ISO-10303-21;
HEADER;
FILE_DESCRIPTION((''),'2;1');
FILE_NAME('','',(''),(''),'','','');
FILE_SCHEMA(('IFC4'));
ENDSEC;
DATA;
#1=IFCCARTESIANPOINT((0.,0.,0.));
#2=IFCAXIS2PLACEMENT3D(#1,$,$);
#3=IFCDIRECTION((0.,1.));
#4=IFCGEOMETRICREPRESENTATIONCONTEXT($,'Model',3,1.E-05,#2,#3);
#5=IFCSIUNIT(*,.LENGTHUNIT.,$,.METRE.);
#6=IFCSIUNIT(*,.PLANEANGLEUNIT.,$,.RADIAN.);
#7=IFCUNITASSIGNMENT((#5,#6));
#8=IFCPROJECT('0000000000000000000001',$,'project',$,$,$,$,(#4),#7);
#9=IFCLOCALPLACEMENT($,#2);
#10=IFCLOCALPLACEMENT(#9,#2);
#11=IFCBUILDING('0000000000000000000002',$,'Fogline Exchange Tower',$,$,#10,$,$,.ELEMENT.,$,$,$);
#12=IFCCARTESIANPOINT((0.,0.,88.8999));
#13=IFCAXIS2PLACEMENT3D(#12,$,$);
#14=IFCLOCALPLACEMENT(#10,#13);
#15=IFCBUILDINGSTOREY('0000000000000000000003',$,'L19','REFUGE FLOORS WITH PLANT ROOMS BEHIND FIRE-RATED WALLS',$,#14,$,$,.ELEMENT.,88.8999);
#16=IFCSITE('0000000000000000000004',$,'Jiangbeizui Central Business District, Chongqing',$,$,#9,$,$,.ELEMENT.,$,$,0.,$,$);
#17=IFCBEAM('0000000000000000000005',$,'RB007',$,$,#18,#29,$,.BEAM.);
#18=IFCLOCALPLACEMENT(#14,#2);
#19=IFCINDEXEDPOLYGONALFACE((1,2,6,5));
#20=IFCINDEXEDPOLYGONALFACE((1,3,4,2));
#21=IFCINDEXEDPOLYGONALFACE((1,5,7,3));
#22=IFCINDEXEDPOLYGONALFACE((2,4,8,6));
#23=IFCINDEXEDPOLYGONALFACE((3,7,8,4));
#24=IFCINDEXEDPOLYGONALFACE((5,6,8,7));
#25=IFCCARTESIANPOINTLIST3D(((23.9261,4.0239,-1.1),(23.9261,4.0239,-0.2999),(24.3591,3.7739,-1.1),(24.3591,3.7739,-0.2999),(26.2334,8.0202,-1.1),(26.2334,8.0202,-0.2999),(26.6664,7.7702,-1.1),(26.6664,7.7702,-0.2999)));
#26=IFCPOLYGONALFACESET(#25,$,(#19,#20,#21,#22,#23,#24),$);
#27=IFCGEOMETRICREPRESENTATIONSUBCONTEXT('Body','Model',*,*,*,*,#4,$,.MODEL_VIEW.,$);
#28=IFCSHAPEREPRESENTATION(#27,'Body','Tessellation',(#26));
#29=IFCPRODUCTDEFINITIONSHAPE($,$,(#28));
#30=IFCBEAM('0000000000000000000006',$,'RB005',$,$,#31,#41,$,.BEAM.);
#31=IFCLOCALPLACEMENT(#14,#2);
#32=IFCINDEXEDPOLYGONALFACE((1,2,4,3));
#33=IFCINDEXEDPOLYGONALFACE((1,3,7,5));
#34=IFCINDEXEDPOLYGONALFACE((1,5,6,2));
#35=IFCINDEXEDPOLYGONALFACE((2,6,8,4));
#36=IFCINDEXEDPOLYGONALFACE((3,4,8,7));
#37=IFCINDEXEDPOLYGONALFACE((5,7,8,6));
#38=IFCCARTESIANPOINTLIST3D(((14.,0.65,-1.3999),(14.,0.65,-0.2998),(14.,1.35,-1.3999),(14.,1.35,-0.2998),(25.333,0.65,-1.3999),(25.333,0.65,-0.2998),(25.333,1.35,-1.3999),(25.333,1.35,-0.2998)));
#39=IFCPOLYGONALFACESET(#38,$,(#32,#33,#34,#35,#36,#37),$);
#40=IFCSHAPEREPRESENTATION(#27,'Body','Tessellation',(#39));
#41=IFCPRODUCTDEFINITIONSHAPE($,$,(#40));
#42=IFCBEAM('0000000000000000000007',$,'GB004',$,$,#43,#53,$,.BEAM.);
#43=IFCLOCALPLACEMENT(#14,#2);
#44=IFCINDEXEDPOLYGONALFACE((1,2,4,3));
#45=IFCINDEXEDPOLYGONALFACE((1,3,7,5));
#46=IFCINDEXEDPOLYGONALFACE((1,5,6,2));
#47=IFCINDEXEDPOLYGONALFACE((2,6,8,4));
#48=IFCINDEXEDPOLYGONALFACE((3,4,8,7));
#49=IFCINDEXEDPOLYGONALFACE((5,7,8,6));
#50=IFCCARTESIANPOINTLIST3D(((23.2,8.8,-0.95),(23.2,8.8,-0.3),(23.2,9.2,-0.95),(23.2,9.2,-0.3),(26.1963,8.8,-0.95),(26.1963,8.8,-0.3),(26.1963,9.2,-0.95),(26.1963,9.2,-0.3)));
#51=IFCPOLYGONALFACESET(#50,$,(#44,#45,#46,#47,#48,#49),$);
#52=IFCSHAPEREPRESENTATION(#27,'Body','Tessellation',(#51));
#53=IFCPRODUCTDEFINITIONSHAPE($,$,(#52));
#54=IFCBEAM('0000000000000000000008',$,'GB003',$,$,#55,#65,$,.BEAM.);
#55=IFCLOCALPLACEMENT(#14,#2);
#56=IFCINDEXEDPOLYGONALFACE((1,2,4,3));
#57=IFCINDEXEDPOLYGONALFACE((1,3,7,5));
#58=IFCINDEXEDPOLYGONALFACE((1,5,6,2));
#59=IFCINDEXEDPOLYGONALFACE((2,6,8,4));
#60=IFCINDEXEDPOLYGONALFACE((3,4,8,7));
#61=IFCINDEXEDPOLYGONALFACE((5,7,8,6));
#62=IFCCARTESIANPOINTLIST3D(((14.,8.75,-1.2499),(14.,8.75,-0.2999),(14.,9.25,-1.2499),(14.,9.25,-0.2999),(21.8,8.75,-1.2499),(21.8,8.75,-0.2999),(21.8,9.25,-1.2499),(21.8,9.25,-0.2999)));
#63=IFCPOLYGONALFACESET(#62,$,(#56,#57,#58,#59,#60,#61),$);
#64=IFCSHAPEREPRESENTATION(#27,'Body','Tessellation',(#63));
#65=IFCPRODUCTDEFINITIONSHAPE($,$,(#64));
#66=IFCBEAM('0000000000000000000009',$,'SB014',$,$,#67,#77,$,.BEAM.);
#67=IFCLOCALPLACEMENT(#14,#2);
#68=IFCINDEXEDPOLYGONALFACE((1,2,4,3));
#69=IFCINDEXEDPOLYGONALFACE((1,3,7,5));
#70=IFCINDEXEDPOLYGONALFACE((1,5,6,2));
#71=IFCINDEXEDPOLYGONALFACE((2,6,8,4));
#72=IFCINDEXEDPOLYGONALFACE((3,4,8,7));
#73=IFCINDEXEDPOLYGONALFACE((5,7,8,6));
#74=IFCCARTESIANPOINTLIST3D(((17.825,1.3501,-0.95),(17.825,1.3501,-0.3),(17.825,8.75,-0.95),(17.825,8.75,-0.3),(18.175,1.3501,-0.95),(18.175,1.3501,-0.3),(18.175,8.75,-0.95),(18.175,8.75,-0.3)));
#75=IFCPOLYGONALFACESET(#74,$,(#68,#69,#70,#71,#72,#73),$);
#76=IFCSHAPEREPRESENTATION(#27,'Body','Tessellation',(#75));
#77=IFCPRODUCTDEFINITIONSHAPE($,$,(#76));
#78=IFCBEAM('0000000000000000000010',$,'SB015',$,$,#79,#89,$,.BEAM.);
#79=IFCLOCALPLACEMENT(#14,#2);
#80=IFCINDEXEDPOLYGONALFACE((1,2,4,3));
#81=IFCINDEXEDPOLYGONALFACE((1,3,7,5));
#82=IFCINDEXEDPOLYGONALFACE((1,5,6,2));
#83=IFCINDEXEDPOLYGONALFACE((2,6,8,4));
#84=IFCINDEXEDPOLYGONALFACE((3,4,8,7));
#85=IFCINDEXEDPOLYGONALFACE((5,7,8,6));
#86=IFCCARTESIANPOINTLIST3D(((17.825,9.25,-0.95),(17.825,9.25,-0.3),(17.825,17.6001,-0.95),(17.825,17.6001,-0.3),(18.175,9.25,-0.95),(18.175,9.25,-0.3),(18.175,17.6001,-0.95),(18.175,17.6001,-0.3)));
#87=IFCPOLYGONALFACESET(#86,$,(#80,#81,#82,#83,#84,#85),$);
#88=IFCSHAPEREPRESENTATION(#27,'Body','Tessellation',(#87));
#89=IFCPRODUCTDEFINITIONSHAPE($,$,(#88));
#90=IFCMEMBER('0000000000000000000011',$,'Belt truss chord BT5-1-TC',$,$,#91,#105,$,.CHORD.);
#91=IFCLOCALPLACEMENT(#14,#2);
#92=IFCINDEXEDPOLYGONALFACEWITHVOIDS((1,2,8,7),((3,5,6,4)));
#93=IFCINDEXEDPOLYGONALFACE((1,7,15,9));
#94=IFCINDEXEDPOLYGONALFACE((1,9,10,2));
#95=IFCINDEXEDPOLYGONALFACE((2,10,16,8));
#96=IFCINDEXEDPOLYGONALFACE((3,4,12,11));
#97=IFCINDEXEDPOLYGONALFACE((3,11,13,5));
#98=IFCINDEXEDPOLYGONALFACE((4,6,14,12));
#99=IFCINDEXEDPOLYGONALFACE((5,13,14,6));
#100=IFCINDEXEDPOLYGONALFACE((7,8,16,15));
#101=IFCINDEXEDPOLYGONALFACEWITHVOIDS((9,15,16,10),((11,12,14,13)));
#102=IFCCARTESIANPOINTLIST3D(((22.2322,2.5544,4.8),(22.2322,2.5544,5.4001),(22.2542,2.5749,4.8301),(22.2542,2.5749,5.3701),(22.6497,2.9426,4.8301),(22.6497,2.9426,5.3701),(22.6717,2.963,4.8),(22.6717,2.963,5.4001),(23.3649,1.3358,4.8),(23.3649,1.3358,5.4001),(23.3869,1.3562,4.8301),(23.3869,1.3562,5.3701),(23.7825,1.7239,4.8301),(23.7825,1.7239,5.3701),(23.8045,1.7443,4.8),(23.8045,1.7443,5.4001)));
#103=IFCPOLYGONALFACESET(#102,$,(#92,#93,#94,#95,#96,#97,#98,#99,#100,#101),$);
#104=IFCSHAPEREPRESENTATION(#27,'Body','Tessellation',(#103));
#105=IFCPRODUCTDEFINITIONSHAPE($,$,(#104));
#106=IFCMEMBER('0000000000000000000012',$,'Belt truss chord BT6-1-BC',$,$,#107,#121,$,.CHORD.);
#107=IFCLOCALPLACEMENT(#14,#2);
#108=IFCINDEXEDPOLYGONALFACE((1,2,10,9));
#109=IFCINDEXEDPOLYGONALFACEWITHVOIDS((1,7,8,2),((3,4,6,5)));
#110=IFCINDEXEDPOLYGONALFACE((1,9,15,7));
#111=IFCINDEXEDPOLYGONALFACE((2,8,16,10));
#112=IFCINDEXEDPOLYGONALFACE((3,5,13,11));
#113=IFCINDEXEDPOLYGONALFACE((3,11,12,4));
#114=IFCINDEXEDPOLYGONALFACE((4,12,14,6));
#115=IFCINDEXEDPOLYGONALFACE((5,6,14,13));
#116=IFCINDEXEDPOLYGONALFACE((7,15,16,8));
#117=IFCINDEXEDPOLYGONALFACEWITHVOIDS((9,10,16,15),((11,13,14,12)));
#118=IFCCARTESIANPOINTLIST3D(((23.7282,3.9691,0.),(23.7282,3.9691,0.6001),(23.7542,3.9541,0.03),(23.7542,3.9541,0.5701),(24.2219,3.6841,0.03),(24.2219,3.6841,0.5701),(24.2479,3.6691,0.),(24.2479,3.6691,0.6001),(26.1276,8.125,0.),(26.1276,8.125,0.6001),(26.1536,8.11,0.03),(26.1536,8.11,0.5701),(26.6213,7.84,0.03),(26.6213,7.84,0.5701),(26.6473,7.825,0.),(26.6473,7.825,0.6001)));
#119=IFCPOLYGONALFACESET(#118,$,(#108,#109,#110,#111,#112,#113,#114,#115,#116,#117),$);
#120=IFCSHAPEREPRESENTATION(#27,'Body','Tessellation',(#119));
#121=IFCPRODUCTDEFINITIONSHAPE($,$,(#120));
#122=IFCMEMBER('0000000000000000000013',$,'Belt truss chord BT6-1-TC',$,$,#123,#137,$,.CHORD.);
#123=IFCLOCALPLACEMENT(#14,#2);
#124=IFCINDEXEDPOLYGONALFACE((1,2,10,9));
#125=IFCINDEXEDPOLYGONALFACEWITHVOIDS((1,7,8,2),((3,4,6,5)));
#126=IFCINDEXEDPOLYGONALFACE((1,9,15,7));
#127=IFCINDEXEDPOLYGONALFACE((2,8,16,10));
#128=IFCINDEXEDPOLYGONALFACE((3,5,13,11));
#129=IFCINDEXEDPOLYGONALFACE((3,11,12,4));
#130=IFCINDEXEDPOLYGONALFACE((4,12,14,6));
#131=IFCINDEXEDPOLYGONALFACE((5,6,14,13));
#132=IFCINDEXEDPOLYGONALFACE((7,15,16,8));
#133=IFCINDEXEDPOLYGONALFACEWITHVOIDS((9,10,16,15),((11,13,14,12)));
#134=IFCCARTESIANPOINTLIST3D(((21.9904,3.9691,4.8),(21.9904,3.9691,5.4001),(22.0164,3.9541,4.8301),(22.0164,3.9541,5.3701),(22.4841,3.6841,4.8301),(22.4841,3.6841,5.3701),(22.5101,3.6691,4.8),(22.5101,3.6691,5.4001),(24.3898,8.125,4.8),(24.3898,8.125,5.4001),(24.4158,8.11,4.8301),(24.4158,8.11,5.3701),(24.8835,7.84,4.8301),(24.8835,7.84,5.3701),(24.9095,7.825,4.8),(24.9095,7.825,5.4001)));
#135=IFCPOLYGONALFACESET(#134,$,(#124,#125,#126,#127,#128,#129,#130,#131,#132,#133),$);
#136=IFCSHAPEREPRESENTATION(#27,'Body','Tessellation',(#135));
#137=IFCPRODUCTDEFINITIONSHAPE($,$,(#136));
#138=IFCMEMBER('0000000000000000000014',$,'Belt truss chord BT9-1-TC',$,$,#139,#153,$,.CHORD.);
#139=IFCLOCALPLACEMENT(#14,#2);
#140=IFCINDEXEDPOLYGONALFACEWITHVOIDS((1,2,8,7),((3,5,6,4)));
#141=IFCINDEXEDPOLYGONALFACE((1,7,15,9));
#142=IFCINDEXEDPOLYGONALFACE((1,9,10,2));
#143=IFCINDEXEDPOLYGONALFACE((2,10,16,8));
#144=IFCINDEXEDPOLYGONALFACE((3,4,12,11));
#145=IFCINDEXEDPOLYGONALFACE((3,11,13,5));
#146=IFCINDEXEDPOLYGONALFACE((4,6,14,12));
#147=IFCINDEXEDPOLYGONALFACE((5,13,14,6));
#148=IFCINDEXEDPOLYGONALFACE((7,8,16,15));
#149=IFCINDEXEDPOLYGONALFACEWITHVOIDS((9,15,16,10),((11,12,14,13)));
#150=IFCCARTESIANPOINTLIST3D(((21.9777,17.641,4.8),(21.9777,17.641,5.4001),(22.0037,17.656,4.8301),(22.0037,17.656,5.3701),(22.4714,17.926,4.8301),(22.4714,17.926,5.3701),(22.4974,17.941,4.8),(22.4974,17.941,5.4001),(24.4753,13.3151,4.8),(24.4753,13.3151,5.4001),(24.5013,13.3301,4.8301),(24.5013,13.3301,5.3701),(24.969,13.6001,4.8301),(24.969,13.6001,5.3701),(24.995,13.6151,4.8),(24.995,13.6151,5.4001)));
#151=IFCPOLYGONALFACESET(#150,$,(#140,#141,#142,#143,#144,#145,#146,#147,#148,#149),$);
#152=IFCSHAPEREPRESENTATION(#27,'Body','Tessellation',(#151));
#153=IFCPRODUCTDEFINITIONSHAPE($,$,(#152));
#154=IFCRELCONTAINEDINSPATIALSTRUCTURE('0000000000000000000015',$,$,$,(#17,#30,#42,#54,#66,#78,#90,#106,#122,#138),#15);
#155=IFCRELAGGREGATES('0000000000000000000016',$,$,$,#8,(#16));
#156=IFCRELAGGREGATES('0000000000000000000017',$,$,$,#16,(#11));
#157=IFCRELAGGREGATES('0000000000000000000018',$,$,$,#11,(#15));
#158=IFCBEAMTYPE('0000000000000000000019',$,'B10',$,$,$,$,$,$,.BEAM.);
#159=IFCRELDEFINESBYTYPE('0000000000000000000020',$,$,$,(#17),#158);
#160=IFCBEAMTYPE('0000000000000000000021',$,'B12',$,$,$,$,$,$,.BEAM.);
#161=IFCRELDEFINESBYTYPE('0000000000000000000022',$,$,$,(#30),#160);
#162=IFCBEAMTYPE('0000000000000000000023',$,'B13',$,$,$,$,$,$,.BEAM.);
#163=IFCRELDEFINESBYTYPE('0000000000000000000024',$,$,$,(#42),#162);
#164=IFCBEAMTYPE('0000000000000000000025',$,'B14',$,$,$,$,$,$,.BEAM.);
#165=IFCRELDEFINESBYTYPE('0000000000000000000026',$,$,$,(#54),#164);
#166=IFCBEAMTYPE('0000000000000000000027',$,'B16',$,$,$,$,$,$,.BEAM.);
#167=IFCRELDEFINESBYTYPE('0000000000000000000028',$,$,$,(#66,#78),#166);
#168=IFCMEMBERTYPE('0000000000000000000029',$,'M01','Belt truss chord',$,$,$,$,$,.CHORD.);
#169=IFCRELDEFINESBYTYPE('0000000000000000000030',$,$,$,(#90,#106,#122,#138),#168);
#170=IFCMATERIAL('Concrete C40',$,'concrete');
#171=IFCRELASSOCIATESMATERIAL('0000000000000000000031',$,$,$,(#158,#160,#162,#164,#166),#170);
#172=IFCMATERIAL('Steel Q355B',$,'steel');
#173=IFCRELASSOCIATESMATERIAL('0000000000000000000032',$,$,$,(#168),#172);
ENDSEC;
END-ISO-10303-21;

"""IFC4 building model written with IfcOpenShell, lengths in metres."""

from ifc_helpers import new_model, si_unit, direction, frame, origin, origin_2d, place, context, subcontext, project, spatial, rectangle, hollow_rectangle, extrude, material, material_profile, profile_set, type_object, element, save


model = new_model("IFC4")

# Units and contexts
model_context = context("Model", 3, precision=1e-05, world=origin(), true_north=direction((0.0, 1.0)))
body_context = subcontext(model_context, "Body", "Model", "MODEL_VIEW")
ifc_project = project(units=[si_unit("LENGTHUNIT", "METRE"), si_unit("PLANEANGLEUNIT", "RADIAN")], contexts=[model_context])

# Site, building, storey
site_placement = place(None, origin())
site = spatial("IfcSite", under=ifc_project, at=site_placement, Name="Jiangbeizui Central Business District, Chongqing", CompositionType="ELEMENT", RefElevation=0.0)
building_placement = place(site_placement, origin())
building = spatial("IfcBuilding", under=site, at=building_placement, Name="Fogline Exchange Tower", CompositionType="ELEMENT")
storey_placement = place(building_placement, frame((0.0, 0.0, 88.8999)))
storey = spatial("IfcBuildingStorey", under=building, at=storey_placement, Name="L19", Description="REFUGE FLOORS WITH PLANT ROOMS BEHIND FIRE-RATED WALLS", CompositionType="ELEMENT", Elevation=88.8999)

# Beams
ifc_material_1 = material(Name="Concrete C40", Category="concrete")
ifc_material_profile_1 = material_profile(ifc_material_1, rectangle(XDim=0.5, YDim=0.8, at=origin_2d()), Name="RC 500x800")
ifc_profile_set_1 = profile_set([ifc_material_profile_1], Name="Concrete C40")
beam_type_1 = type_object("IfcBeamType", Name="B10", PredefinedType="BEAM", material=ifc_profile_set_1)
beam_1_placement = place(storey_placement, frame((24.1426, 3.8989, -0.7), z_axis=(0.500014, 0.866017, 0.0), x_axis=(-0.866017, 0.500014, 0.0)))
element("IfcBeam", 1, at=beam_1_placement, inside=storey, type_object=beam_type_1, Name="RB007", PredefinedType="BEAM", context=body_context, shape_type="SweptSolid", body=[
    extrude(rectangle(XDim=0.5, YDim=0.8, at=origin_2d()), origin(), (0.0, 0.0, 1.0), 4.6145),
])
ifc_material_profile_2 = material_profile(ifc_material_1, rectangle(XDim=0.7, YDim=1.1001, at=origin_2d()), Name="RC 700x1100")
ifc_profile_set_2 = profile_set([ifc_material_profile_2], Name="Concrete C40")
beam_type_2 = type_object("IfcBeamType", Name="B12", PredefinedType="BEAM", material=ifc_profile_set_2)
beam_2_placement = place(storey_placement, frame((14.0, 1.0, -0.8499), z_axis=(1.0, 0.0, 0.0), x_axis=(0.0, 1.0, 0.0)))
element("IfcBeam", 2, at=beam_2_placement, inside=storey, type_object=beam_type_2, Name="RB005", PredefinedType="BEAM", context=body_context, shape_type="SweptSolid", body=[
    extrude(rectangle(XDim=0.7, YDim=1.1001, at=origin_2d()), origin(), (0.0, 0.0, 1.0), 11.333),
])
ifc_material_profile_3 = material_profile(ifc_material_1, rectangle(XDim=0.3999, YDim=0.6499, at=origin_2d()), Name="RC 400x650")
ifc_profile_set_3 = profile_set([ifc_material_profile_3], Name="Concrete C40")
beam_type_3 = type_object("IfcBeamType", Name="B13", PredefinedType="BEAM", material=ifc_profile_set_3)
beam_3_placement = place(storey_placement, frame((23.2, 9.0, -0.625), z_axis=(1.0, 0.0, 0.0), x_axis=(0.0, 1.0, 0.0)))
element("IfcBeam", 3, at=beam_3_placement, inside=storey, type_object=beam_type_3, Name="GB004", PredefinedType="BEAM", context=body_context, shape_type="SweptSolid", body=[
    extrude(rectangle(XDim=0.3999, YDim=0.6499, at=origin_2d()), origin(), (0.0, 0.0, 1.0), 2.9963),
])
ifc_material_profile_4 = material_profile(ifc_material_1, rectangle(XDim=0.5, YDim=0.95, at=origin_2d()), Name="RC 500x950")
ifc_profile_set_4 = profile_set([ifc_material_profile_4], Name="Concrete C40")
beam_type_4 = type_object("IfcBeamType", Name="B14", PredefinedType="BEAM", material=ifc_profile_set_4)
beam_4_placement = place(storey_placement, frame((14.0, 9.0, -0.7749), z_axis=(1.0, 0.0, 0.0), x_axis=(0.0, 1.0, 0.0)))
element("IfcBeam", 4, at=beam_4_placement, inside=storey, type_object=beam_type_4, Name="GB003", PredefinedType="BEAM", context=body_context, shape_type="SweptSolid", body=[
    extrude(rectangle(XDim=0.5, YDim=0.95, at=origin_2d()), origin(), (0.0, 0.0, 1.0), 7.8),
])
ifc_material_profile_5 = material_profile(ifc_material_1, rectangle(XDim=0.3501, YDim=0.6499, at=origin_2d()), Name="RC 350x650")
ifc_profile_set_5 = profile_set([ifc_material_profile_5], Name="Concrete C40")
beam_type_5 = type_object("IfcBeamType", Name="B16", PredefinedType="BEAM", material=ifc_profile_set_5)
beam_5_placement = place(storey_placement, frame((18.0, 1.3501, -0.625), z_axis=(0.0, 1.0, 0.0), x_axis=(-1.0, 0.0, 0.0)))
element("IfcBeam", 5, at=beam_5_placement, inside=storey, type_object=beam_type_5, Name="SB014", PredefinedType="BEAM", context=body_context, shape_type="SweptSolid", body=[
    extrude(rectangle(XDim=0.3501, YDim=0.6499, at=origin_2d()), origin(), (0.0, 0.0, 1.0), 7.3999),
])
beam_6_placement = place(storey_placement, frame((18.0, 9.25, -0.625), z_axis=(0.0, 1.0, 0.0), x_axis=(-1.0, 0.0, 0.0)))
element("IfcBeam", 6, at=beam_6_placement, inside=storey, type_object=beam_type_5, Name="SB015", PredefinedType="BEAM", context=body_context, shape_type="SweptSolid", body=[
    extrude(rectangle(XDim=0.3501, YDim=0.6499, at=origin_2d()), origin(), (0.0, 0.0, 1.0), 8.3501),
])

# Members
ifc_material_2 = material(Name="Steel Q355B", Category="steel")
ifc_material_profile_6 = material_profile(ifc_material_2, hollow_rectangle(XDim=0.6001, YDim=0.6001, WallThickness=0.03, at=origin_2d()), Name="BOX600X600X30")
ifc_profile_set_6 = profile_set([ifc_material_profile_6], Name="Steel Q355B")
member_type_1 = type_object("IfcMemberType", Name="M01", Description="Belt truss chord", PredefinedType="CHORD", material=ifc_profile_set_6)
member_1_placement = place(storey_placement, frame((23.5847, 1.54, 5.1001), z_axis=(-0.680811, 0.732459, 0.0), x_axis=(-0.732459, -0.680811, 0.0)))
element("IfcMember", 7, at=member_1_placement, inside=storey, type_object=member_type_1, Name="Belt truss chord BT5-1-TC", PredefinedType="CHORD", context=body_context, shape_type="SweptSolid", body=[
    extrude(hollow_rectangle(XDim=0.6001, YDim=0.6001, WallThickness=0.03, at=origin_2d()), origin(), (0.0, 0.0, 1.0), 1.6638),
])
for number, where, z_axis, x_axis, name in (
    (8, (23.988, 3.8191, 0.3), (0.499991, 0.866031, 0.0), (-0.866031, 0.499991, 0.0), "Belt truss chord BT6-1-BC"),
    (9, (22.2502, 3.8191, 5.1001), (0.499991, 0.866031, 0.0), (-0.866031, 0.499991, 0.0), "Belt truss chord BT6-1-TC"),
):
    element("IfcMember", number, at=place(storey_placement, frame(where, z_axis=z_axis, x_axis=x_axis)), inside=storey, type_object=member_type_1, Name=name, PredefinedType="CHORD", context=body_context, shape_type="SweptSolid", body=[
        extrude(hollow_rectangle(XDim=0.6001, YDim=0.6001, WallThickness=0.03, at=origin_2d()), origin(), (0.0, 0.0, 1.0), 4.7988),
    ])
member_2_placement = place(storey_placement, frame((24.7351, 13.4651, 5.1001), z_axis=(-0.499997, 0.866027, 0.0), x_axis=(-0.866027, -0.499997, 0.0)))
element("IfcMember", 10, at=member_2_placement, inside=storey, type_object=member_type_1, Name="Belt truss chord BT9-1-TC", PredefinedType="CHORD", context=body_context, shape_type="SweptSolid", body=[
    extrude(hollow_rectangle(XDim=0.6001, YDim=0.6001, WallThickness=0.03, at=origin_2d()), origin(), (0.0, 0.0, 1.0), 4.9951),
])

save(model, "model.ifc")
